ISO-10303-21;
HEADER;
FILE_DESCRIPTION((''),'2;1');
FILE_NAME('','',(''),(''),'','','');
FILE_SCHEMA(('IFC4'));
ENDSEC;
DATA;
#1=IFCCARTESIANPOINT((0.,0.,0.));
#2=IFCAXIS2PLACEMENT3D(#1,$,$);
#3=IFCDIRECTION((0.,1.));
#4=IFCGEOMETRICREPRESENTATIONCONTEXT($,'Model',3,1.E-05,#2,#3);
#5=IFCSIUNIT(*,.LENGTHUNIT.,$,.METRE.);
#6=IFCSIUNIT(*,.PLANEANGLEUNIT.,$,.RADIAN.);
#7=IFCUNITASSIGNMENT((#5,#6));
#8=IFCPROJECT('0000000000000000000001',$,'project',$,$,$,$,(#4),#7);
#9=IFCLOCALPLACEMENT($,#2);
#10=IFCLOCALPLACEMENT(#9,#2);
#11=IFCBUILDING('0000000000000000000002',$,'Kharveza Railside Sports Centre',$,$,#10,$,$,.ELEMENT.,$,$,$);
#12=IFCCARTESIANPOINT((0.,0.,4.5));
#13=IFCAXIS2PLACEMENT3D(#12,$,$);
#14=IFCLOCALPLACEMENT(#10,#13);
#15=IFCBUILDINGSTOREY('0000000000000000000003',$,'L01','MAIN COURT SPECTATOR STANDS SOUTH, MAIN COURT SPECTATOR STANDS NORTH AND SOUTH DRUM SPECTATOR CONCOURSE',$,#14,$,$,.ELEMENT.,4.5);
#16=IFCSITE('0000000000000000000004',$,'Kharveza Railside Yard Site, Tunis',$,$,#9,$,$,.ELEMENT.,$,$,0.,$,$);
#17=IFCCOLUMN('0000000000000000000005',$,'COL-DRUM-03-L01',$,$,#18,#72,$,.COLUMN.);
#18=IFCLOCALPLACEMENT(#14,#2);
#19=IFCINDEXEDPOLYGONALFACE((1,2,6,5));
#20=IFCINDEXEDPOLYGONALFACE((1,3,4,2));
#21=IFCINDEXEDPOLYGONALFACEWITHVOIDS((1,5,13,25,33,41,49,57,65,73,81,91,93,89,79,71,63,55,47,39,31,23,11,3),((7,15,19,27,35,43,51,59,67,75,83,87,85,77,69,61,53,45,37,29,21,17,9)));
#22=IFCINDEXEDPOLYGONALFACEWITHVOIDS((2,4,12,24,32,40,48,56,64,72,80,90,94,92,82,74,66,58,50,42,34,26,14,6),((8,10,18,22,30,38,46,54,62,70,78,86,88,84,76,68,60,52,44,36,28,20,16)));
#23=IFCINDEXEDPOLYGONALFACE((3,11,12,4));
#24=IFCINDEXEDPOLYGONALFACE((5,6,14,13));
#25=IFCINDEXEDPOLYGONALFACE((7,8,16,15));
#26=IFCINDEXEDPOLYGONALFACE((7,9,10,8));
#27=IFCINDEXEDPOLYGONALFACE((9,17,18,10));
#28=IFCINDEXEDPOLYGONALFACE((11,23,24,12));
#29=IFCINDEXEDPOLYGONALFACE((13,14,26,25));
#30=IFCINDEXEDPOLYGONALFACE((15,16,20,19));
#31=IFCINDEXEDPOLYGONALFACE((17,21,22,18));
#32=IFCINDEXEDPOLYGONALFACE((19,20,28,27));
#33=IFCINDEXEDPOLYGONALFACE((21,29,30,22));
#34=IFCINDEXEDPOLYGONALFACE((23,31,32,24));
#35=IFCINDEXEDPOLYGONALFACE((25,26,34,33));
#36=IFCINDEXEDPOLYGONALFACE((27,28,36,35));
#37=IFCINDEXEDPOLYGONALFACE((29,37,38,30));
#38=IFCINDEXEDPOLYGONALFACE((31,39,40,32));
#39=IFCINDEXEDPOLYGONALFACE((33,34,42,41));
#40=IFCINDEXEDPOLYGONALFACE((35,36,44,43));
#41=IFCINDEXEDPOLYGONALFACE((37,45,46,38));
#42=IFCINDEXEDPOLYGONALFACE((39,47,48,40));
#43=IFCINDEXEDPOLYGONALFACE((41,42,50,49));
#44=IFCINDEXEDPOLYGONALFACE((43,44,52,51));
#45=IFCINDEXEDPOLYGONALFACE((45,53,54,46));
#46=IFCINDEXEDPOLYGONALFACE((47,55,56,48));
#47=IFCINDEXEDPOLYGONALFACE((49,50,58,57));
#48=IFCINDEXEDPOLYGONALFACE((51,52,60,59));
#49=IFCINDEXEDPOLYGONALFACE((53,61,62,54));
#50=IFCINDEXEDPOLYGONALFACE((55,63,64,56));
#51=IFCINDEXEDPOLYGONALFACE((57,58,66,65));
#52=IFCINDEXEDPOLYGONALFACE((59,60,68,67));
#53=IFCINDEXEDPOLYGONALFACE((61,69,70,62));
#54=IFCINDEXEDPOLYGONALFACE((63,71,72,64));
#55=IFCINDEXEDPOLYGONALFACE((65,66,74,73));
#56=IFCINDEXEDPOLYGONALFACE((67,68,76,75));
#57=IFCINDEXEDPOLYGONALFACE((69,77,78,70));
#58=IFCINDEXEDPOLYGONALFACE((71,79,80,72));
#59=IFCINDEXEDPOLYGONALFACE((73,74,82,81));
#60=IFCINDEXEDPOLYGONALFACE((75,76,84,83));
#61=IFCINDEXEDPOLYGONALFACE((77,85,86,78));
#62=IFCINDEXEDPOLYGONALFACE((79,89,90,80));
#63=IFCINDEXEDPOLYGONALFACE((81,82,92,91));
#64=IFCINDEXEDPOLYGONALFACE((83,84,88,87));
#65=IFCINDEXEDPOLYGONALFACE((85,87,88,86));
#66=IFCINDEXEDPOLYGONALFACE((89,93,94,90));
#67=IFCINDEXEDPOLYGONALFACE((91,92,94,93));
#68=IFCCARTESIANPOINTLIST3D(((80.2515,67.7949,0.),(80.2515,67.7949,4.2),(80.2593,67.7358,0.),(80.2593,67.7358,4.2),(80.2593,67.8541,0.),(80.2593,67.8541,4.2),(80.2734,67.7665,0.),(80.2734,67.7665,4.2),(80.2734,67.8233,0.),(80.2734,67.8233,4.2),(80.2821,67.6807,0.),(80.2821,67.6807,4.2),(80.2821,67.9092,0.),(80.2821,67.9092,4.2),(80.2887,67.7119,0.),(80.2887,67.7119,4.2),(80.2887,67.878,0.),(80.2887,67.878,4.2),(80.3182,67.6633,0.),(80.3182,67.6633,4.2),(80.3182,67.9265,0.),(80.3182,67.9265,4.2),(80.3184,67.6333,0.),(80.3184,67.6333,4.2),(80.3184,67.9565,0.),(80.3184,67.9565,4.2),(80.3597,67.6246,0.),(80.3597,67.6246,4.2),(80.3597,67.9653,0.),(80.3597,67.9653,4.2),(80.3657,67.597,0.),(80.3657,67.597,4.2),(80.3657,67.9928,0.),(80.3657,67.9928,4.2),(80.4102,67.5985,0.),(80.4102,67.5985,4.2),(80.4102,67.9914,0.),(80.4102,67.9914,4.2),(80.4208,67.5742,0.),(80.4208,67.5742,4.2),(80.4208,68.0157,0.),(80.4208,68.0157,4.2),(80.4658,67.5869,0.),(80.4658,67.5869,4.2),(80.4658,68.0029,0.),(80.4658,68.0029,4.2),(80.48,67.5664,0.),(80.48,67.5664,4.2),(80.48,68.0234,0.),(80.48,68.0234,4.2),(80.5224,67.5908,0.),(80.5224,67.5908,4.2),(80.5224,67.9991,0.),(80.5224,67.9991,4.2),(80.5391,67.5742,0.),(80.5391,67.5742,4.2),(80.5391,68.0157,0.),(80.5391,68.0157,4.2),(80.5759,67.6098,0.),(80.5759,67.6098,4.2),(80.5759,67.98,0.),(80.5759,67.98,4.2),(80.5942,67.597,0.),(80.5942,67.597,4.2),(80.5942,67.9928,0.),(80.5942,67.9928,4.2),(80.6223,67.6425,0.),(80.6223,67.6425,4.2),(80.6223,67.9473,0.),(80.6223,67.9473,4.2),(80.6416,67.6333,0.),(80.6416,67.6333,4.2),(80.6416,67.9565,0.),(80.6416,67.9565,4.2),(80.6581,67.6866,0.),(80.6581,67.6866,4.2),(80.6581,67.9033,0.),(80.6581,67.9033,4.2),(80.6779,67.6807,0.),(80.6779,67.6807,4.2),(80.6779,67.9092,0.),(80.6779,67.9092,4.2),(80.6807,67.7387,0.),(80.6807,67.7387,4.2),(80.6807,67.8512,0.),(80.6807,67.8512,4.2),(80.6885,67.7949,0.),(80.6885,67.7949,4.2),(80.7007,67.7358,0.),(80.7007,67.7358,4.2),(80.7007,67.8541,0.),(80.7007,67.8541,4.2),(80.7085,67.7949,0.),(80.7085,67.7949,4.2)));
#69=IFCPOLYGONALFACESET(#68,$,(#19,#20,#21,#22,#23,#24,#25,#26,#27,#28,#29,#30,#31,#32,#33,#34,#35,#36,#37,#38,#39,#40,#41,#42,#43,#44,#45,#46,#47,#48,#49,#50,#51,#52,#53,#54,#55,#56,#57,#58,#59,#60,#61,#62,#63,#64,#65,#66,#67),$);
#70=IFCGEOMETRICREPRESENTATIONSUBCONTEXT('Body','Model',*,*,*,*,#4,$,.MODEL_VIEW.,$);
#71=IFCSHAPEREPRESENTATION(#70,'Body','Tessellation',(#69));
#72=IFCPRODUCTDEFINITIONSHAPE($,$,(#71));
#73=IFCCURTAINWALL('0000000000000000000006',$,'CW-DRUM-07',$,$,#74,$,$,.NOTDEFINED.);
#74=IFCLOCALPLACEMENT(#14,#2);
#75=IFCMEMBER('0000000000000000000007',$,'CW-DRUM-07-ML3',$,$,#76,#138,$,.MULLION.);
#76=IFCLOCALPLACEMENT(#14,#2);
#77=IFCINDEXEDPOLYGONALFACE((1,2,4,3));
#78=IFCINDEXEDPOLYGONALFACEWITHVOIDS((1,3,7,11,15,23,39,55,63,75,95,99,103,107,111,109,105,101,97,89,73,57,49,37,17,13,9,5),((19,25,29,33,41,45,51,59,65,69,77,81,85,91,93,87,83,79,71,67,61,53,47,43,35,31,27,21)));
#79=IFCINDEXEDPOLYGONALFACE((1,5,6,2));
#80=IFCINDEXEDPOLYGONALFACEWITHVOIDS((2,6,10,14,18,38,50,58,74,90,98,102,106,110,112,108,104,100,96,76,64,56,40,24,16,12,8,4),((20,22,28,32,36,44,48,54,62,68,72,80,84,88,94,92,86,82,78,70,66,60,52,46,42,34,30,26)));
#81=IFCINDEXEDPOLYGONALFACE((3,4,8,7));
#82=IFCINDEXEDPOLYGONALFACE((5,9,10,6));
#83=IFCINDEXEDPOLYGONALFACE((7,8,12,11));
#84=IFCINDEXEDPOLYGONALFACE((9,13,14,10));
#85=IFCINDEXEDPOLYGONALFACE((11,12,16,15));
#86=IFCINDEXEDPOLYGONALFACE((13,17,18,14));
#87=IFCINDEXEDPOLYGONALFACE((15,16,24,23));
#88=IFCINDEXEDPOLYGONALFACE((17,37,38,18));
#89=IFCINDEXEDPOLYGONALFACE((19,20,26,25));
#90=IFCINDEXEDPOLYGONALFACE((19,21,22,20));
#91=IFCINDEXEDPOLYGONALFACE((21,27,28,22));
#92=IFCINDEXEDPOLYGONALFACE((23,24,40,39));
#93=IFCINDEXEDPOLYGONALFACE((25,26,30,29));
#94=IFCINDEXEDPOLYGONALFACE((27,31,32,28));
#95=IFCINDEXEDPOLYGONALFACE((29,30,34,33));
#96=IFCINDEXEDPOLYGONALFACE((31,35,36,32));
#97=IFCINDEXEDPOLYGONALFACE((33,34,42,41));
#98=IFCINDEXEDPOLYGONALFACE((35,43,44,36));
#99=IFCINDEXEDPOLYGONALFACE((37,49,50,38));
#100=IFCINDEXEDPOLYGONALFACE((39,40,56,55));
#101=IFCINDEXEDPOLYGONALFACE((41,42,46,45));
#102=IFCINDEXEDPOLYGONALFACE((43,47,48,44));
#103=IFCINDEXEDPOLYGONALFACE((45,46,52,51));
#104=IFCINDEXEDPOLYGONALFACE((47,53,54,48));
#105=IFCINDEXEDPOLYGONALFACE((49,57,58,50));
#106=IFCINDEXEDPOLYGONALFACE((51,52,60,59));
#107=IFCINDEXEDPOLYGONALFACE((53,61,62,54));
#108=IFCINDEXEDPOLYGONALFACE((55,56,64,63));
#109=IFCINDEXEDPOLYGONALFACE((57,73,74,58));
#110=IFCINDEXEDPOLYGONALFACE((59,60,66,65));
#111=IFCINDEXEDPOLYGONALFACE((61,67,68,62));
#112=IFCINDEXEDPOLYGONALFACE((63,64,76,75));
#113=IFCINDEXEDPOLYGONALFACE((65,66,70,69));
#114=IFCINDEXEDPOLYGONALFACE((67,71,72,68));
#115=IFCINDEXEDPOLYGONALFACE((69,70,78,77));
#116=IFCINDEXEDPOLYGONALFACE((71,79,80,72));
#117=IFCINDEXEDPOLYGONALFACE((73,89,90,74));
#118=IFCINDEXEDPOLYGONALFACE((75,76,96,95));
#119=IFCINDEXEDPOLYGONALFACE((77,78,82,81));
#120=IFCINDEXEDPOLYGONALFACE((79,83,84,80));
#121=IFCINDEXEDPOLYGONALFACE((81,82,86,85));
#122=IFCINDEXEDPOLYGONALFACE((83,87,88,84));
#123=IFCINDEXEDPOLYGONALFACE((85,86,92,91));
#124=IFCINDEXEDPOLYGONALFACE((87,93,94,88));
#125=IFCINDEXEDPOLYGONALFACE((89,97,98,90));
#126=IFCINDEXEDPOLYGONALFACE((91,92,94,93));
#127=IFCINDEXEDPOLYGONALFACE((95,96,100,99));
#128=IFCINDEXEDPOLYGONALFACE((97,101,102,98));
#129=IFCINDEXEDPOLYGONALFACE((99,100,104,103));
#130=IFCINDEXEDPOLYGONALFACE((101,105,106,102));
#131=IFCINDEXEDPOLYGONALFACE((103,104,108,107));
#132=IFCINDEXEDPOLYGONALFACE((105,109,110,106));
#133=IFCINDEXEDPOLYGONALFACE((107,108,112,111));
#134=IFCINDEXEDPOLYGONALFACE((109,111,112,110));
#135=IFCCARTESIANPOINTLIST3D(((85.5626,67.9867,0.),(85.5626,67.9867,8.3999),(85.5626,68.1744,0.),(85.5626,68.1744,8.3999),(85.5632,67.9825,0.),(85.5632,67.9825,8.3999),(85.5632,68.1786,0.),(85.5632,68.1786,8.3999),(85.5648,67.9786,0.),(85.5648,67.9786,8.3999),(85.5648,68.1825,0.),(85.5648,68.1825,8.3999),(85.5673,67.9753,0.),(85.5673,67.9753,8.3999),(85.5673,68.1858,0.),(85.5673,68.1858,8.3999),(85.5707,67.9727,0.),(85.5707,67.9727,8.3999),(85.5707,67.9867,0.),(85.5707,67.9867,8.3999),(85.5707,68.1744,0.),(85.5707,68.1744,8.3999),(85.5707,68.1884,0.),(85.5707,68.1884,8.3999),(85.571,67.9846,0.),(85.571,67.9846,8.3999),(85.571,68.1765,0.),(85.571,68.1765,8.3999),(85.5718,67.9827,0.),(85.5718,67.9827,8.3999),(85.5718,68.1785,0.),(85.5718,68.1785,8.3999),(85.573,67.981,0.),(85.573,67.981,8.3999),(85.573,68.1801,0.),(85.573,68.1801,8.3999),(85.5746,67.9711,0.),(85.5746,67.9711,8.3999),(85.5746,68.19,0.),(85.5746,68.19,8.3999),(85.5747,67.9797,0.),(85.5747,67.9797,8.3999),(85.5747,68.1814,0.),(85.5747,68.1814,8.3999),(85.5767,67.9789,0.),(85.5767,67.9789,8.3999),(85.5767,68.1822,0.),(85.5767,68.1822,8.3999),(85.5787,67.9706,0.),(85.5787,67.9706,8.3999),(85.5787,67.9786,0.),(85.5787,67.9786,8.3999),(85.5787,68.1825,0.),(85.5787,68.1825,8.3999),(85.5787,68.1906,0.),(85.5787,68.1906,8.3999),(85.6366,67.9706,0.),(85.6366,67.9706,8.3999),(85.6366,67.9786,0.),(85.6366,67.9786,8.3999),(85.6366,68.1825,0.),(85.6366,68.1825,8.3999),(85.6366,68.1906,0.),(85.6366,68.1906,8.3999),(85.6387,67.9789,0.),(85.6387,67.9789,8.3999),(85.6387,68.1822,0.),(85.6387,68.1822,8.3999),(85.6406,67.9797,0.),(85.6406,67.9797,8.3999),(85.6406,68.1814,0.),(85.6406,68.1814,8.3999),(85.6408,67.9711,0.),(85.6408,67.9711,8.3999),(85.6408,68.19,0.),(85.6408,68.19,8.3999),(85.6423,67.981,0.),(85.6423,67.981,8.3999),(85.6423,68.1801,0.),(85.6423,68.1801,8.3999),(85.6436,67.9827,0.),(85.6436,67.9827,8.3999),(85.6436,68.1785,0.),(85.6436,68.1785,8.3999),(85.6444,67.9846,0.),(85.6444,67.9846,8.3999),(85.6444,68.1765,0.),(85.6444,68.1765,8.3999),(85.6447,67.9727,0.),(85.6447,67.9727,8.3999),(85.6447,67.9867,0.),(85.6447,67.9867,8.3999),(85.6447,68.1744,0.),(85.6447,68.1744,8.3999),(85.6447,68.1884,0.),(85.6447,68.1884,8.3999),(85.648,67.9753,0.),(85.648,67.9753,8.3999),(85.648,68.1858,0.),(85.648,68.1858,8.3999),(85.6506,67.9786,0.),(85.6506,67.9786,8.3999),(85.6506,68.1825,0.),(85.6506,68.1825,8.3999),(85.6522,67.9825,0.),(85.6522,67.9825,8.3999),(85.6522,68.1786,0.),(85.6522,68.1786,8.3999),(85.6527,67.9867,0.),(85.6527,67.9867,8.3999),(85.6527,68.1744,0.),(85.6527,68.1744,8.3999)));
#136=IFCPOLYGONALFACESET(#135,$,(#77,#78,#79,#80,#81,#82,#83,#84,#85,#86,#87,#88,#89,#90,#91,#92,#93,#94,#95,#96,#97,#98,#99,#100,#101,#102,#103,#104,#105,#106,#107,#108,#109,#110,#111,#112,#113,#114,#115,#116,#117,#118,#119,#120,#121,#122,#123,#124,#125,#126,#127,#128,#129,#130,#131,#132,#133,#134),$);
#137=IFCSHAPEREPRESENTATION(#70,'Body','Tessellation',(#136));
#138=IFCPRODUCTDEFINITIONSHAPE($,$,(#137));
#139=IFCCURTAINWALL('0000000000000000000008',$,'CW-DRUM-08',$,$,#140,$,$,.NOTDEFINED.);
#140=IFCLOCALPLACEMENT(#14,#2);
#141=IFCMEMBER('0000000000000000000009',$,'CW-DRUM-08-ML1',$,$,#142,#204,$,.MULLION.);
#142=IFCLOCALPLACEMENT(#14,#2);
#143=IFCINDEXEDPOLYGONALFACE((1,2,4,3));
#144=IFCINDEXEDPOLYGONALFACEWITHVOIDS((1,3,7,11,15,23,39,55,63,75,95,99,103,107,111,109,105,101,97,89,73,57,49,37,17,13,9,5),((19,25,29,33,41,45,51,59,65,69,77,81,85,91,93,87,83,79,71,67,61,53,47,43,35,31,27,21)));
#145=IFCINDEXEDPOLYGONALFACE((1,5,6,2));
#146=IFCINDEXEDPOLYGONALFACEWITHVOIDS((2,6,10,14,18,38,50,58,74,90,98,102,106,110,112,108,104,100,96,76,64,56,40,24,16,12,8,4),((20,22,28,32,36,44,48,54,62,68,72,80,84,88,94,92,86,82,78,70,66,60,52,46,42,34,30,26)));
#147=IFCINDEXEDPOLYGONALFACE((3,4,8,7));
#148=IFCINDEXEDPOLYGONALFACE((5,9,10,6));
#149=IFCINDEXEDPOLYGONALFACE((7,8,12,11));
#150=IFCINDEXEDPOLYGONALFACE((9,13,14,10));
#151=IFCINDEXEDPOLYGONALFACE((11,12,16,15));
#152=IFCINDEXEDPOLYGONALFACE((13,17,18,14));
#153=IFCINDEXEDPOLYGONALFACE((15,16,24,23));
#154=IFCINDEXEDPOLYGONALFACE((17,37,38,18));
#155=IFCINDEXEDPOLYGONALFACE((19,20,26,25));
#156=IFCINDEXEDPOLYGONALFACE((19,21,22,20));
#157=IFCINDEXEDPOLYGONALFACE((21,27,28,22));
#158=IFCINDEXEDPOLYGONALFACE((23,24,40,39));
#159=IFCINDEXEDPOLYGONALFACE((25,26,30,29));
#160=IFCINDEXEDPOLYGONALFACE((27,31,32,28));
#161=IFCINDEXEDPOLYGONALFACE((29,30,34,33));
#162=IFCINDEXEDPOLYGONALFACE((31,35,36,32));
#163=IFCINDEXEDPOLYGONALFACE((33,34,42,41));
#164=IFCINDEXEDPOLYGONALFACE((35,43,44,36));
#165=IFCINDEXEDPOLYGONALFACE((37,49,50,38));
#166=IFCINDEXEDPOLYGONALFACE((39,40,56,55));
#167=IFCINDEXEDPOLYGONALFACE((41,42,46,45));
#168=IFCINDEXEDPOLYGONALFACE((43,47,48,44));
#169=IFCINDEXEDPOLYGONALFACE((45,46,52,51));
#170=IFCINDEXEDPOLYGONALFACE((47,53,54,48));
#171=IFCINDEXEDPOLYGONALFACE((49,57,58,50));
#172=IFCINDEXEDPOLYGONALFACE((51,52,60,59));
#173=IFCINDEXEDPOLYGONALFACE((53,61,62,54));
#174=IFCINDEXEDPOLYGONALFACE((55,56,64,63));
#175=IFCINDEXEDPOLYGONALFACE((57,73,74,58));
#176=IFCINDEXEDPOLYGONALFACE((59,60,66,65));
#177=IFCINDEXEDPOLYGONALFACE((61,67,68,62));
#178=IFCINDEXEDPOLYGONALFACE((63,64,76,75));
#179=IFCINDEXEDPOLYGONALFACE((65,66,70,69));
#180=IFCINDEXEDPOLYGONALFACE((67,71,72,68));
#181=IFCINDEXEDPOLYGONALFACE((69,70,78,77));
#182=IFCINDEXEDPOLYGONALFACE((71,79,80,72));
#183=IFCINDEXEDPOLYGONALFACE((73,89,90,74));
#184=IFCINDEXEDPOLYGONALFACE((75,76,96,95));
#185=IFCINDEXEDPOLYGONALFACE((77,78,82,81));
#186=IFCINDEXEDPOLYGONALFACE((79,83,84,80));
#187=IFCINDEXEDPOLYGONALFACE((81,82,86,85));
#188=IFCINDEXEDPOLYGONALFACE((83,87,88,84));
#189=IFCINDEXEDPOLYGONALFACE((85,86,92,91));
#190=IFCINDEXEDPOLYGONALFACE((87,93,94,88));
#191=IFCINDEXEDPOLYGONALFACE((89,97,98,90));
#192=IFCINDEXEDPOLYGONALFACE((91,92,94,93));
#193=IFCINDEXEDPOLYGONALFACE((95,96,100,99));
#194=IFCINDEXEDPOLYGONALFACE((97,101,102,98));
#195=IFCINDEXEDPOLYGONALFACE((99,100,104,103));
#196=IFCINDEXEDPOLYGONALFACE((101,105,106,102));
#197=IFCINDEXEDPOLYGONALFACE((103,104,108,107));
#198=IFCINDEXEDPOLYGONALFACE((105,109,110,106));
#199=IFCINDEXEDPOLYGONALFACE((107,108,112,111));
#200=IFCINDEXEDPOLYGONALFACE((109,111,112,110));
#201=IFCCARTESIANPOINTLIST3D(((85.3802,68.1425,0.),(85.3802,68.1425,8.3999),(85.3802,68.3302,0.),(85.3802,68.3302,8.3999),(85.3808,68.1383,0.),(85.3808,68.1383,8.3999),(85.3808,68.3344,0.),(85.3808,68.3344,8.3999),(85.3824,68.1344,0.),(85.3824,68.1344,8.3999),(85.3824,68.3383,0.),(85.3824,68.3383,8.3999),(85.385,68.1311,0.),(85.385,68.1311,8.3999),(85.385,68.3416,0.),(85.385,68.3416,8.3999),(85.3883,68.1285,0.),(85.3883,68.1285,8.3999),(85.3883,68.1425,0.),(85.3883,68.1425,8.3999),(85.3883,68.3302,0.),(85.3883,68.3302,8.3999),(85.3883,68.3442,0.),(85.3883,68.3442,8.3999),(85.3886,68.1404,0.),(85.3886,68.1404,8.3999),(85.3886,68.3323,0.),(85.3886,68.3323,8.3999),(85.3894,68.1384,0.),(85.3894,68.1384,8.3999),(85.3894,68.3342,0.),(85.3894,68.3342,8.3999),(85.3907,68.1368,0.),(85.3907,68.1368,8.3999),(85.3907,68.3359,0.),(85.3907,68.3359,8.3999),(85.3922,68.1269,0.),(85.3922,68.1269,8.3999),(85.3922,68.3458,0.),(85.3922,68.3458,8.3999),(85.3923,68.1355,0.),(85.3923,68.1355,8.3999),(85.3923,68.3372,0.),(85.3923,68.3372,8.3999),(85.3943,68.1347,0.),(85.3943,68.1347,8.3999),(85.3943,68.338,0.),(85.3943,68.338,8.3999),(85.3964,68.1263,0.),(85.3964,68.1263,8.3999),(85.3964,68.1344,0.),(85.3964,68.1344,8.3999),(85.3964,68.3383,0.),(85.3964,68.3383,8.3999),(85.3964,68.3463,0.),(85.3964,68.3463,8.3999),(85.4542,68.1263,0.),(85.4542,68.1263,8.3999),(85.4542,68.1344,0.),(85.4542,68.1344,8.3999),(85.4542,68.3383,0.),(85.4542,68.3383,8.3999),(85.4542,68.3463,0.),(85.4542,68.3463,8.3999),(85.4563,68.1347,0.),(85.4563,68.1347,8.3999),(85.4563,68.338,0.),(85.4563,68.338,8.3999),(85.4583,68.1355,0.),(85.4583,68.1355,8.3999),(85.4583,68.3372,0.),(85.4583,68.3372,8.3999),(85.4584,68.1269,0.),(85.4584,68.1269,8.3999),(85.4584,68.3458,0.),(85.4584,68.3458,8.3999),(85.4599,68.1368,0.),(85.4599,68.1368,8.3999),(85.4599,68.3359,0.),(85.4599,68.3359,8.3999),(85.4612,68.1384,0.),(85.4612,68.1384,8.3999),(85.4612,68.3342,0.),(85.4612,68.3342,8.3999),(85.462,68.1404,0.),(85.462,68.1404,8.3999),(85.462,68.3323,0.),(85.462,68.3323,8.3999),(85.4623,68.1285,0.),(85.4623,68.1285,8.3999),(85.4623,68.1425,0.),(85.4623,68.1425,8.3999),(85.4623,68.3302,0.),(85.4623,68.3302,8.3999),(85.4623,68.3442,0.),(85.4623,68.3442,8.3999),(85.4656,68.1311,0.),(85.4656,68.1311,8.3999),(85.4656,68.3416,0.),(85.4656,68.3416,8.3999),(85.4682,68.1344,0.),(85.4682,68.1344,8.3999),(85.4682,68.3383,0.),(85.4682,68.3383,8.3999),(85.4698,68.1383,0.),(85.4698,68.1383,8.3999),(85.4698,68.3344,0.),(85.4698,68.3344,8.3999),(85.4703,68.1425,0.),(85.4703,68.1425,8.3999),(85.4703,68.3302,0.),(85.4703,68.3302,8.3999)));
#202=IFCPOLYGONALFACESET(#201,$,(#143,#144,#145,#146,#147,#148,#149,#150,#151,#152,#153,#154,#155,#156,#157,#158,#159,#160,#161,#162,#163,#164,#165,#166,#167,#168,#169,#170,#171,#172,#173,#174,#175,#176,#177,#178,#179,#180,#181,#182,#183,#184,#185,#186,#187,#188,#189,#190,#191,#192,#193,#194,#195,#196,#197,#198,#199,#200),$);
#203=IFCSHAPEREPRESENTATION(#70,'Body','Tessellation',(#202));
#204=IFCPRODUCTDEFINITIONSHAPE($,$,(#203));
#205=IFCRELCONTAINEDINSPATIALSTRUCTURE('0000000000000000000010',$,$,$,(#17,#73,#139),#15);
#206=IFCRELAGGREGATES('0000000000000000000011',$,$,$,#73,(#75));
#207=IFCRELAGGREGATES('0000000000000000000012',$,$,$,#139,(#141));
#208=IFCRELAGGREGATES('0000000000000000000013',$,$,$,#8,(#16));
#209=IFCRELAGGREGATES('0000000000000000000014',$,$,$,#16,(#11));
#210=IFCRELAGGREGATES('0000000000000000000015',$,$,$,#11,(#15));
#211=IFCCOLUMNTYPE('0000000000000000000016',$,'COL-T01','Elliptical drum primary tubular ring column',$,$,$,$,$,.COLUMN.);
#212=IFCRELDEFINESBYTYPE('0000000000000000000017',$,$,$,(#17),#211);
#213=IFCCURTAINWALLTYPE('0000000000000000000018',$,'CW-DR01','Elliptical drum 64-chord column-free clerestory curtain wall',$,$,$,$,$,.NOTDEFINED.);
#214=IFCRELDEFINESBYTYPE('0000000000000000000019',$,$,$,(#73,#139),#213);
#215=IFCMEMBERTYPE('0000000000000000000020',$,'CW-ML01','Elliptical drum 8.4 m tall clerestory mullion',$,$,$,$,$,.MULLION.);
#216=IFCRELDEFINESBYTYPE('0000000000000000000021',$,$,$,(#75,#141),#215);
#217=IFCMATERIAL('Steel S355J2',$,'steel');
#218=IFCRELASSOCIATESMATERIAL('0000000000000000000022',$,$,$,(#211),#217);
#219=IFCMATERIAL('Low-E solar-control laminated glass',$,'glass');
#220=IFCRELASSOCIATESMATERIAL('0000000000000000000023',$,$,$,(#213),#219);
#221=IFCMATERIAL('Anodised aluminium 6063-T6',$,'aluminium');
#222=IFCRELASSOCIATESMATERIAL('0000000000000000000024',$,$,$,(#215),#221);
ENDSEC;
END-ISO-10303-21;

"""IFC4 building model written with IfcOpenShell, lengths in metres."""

from ifc_helpers import new_model, si_unit, direction, frame, origin, origin_2d, place, context, subcontext, project, spatial, hollow_rectangle, hollow_circle, extrude, material, material_profile, profile_set, type_object, element, aggregate, save


model = new_model("IFC4")

# Units and contexts
model_context = context("Model", 3, precision=1e-05, world=origin(), true_north=direction((0.0, 1.0)))
body_context = subcontext(model_context, "Body", "Model", "MODEL_VIEW")
ifc_project = project(units=[si_unit("LENGTHUNIT", "METRE"), si_unit("PLANEANGLEUNIT", "RADIAN")], contexts=[model_context])

# Site, building, storey
site_placement = place(None, origin())
site = spatial("IfcSite", under=ifc_project, at=site_placement, Name="Kharveza Railside Yard Site, Tunis", CompositionType="ELEMENT", RefElevation=0.0)
building_placement = place(site_placement, origin())
building = spatial("IfcBuilding", under=site, at=building_placement, Name="Kharveza Railside Sports Centre", CompositionType="ELEMENT")
storey_placement = place(building_placement, frame((0.0, 0.0, 4.5)))
storey = spatial("IfcBuildingStorey", under=building, at=storey_placement, Name="L01", Description="MAIN COURT SPECTATOR STANDS SOUTH, MAIN COURT SPECTATOR STANDS NORTH AND SOUTH DRUM SPECTATOR CONCOURSE", CompositionType="ELEMENT", Elevation=4.5)

# Column
ifc_material_1 = material(Name="Steel S355J2", Category="steel")
ifc_material_profile_1 = material_profile(ifc_material_1, hollow_circle(Radius=0.2285, WallThickness=0.02, at=origin_2d()), Name="CHS 457.0x20.0")
ifc_profile_set_1 = profile_set([ifc_material_profile_1], Name="Steel S355J2")
column_type = type_object("IfcColumnType", Name="COL-T01", Description="Elliptical drum primary tubular ring column", PredefinedType="COLUMN", material=ifc_profile_set_1)
column_placement = place(storey_placement, frame((80.48, 67.7949, 0.0), z_axis=(0.0, 0.0, 1.0), x_axis=(1.0, 0.0, 0.0)))
element("IfcColumn", 1, at=column_placement, inside=storey, type_object=column_type, Name="COL-DRUM-03-L01", PredefinedType="COLUMN", context=body_context, shape_type="SweptSolid", body=[
    extrude(hollow_circle(Radius=0.2285, WallThickness=0.02, at=origin_2d()), origin(), (0.0, 0.0, 1.0), 4.2),
])

# Curtain wall, member
ifc_material_2 = material(Name="Low-E solar-control laminated glass", Category="glass")
curtain_wall_type = type_object("IfcCurtainWallType", Name="CW-DR01", Description="Elliptical drum 64-chord column-free clerestory curtain wall", PredefinedType="NOTDEFINED", material=ifc_material_2)
curtain_wall_1_placement = place(storey_placement, origin())
curtain_wall_1 = element("IfcCurtainWall", 2, at=curtain_wall_1_placement, inside=storey, type_object=curtain_wall_type, Name="CW-DRUM-07", PredefinedType="NOTDEFINED")
ifc_material_3 = material(Name="Anodised aluminium 6063-T6", Category="aluminium")
ifc_material_profile_2 = material_profile(ifc_material_3, hollow_rectangle(XDim=0.0901, YDim=0.22, WallThickness=0.0081, InnerFilletRadius=0.0081, OuterFilletRadius=0.0161, at=origin_2d()), Name="RHS 90x220x8.0")
ifc_profile_set_2 = profile_set([ifc_material_profile_2], Name="Anodised aluminium 6063-T6")
member_type_1 = type_object("IfcMemberType", Name="CW-ML01", Description="Elliptical drum 8.4 m tall clerestory mullion", PredefinedType="MULLION", material=ifc_profile_set_2)
member_1_placement = place(storey_placement, frame((85.6077, 68.0806, 0.0), z_axis=(0.0, 0.0, 1.0), x_axis=(1.0, 0.0, 0.0)))
member_1 = element("IfcMember", 3, at=member_1_placement, type_object=member_type_1, Name="CW-DRUM-07-ML3", PredefinedType="MULLION", context=body_context, shape_type="SweptSolid", body=[
    extrude(hollow_rectangle(XDim=0.0901, YDim=0.22, WallThickness=0.0081, InnerFilletRadius=0.0081, OuterFilletRadius=0.0161, at=origin_2d()), origin(), (0.0, 0.0, 1.0), 8.3999),
])

# Curtain wall, member
curtain_wall_2_placement = place(storey_placement, origin())
curtain_wall_2 = element("IfcCurtainWall", 4, at=curtain_wall_2_placement, inside=storey, type_object=curtain_wall_type, Name="CW-DRUM-08", PredefinedType="NOTDEFINED")
member_2_placement = place(storey_placement, frame((85.4253, 68.2363, 0.0), z_axis=(0.0, 0.0, 1.0), x_axis=(1.0, 0.0, 0.0)))
member_2 = element("IfcMember", 5, at=member_2_placement, type_object=member_type_1, Name="CW-DRUM-08-ML1", PredefinedType="MULLION", context=body_context, shape_type="SweptSolid", body=[
    extrude(hollow_rectangle(XDim=0.0901, YDim=0.22, WallThickness=0.0081, InnerFilletRadius=0.0081, OuterFilletRadius=0.0161, at=origin_2d()), origin(), (0.0, 0.0, 1.0), 8.3999),
])

aggregate(curtain_wall_1, [member_1])
aggregate(curtain_wall_2, [member_2])

save(model, "model.ifc")
